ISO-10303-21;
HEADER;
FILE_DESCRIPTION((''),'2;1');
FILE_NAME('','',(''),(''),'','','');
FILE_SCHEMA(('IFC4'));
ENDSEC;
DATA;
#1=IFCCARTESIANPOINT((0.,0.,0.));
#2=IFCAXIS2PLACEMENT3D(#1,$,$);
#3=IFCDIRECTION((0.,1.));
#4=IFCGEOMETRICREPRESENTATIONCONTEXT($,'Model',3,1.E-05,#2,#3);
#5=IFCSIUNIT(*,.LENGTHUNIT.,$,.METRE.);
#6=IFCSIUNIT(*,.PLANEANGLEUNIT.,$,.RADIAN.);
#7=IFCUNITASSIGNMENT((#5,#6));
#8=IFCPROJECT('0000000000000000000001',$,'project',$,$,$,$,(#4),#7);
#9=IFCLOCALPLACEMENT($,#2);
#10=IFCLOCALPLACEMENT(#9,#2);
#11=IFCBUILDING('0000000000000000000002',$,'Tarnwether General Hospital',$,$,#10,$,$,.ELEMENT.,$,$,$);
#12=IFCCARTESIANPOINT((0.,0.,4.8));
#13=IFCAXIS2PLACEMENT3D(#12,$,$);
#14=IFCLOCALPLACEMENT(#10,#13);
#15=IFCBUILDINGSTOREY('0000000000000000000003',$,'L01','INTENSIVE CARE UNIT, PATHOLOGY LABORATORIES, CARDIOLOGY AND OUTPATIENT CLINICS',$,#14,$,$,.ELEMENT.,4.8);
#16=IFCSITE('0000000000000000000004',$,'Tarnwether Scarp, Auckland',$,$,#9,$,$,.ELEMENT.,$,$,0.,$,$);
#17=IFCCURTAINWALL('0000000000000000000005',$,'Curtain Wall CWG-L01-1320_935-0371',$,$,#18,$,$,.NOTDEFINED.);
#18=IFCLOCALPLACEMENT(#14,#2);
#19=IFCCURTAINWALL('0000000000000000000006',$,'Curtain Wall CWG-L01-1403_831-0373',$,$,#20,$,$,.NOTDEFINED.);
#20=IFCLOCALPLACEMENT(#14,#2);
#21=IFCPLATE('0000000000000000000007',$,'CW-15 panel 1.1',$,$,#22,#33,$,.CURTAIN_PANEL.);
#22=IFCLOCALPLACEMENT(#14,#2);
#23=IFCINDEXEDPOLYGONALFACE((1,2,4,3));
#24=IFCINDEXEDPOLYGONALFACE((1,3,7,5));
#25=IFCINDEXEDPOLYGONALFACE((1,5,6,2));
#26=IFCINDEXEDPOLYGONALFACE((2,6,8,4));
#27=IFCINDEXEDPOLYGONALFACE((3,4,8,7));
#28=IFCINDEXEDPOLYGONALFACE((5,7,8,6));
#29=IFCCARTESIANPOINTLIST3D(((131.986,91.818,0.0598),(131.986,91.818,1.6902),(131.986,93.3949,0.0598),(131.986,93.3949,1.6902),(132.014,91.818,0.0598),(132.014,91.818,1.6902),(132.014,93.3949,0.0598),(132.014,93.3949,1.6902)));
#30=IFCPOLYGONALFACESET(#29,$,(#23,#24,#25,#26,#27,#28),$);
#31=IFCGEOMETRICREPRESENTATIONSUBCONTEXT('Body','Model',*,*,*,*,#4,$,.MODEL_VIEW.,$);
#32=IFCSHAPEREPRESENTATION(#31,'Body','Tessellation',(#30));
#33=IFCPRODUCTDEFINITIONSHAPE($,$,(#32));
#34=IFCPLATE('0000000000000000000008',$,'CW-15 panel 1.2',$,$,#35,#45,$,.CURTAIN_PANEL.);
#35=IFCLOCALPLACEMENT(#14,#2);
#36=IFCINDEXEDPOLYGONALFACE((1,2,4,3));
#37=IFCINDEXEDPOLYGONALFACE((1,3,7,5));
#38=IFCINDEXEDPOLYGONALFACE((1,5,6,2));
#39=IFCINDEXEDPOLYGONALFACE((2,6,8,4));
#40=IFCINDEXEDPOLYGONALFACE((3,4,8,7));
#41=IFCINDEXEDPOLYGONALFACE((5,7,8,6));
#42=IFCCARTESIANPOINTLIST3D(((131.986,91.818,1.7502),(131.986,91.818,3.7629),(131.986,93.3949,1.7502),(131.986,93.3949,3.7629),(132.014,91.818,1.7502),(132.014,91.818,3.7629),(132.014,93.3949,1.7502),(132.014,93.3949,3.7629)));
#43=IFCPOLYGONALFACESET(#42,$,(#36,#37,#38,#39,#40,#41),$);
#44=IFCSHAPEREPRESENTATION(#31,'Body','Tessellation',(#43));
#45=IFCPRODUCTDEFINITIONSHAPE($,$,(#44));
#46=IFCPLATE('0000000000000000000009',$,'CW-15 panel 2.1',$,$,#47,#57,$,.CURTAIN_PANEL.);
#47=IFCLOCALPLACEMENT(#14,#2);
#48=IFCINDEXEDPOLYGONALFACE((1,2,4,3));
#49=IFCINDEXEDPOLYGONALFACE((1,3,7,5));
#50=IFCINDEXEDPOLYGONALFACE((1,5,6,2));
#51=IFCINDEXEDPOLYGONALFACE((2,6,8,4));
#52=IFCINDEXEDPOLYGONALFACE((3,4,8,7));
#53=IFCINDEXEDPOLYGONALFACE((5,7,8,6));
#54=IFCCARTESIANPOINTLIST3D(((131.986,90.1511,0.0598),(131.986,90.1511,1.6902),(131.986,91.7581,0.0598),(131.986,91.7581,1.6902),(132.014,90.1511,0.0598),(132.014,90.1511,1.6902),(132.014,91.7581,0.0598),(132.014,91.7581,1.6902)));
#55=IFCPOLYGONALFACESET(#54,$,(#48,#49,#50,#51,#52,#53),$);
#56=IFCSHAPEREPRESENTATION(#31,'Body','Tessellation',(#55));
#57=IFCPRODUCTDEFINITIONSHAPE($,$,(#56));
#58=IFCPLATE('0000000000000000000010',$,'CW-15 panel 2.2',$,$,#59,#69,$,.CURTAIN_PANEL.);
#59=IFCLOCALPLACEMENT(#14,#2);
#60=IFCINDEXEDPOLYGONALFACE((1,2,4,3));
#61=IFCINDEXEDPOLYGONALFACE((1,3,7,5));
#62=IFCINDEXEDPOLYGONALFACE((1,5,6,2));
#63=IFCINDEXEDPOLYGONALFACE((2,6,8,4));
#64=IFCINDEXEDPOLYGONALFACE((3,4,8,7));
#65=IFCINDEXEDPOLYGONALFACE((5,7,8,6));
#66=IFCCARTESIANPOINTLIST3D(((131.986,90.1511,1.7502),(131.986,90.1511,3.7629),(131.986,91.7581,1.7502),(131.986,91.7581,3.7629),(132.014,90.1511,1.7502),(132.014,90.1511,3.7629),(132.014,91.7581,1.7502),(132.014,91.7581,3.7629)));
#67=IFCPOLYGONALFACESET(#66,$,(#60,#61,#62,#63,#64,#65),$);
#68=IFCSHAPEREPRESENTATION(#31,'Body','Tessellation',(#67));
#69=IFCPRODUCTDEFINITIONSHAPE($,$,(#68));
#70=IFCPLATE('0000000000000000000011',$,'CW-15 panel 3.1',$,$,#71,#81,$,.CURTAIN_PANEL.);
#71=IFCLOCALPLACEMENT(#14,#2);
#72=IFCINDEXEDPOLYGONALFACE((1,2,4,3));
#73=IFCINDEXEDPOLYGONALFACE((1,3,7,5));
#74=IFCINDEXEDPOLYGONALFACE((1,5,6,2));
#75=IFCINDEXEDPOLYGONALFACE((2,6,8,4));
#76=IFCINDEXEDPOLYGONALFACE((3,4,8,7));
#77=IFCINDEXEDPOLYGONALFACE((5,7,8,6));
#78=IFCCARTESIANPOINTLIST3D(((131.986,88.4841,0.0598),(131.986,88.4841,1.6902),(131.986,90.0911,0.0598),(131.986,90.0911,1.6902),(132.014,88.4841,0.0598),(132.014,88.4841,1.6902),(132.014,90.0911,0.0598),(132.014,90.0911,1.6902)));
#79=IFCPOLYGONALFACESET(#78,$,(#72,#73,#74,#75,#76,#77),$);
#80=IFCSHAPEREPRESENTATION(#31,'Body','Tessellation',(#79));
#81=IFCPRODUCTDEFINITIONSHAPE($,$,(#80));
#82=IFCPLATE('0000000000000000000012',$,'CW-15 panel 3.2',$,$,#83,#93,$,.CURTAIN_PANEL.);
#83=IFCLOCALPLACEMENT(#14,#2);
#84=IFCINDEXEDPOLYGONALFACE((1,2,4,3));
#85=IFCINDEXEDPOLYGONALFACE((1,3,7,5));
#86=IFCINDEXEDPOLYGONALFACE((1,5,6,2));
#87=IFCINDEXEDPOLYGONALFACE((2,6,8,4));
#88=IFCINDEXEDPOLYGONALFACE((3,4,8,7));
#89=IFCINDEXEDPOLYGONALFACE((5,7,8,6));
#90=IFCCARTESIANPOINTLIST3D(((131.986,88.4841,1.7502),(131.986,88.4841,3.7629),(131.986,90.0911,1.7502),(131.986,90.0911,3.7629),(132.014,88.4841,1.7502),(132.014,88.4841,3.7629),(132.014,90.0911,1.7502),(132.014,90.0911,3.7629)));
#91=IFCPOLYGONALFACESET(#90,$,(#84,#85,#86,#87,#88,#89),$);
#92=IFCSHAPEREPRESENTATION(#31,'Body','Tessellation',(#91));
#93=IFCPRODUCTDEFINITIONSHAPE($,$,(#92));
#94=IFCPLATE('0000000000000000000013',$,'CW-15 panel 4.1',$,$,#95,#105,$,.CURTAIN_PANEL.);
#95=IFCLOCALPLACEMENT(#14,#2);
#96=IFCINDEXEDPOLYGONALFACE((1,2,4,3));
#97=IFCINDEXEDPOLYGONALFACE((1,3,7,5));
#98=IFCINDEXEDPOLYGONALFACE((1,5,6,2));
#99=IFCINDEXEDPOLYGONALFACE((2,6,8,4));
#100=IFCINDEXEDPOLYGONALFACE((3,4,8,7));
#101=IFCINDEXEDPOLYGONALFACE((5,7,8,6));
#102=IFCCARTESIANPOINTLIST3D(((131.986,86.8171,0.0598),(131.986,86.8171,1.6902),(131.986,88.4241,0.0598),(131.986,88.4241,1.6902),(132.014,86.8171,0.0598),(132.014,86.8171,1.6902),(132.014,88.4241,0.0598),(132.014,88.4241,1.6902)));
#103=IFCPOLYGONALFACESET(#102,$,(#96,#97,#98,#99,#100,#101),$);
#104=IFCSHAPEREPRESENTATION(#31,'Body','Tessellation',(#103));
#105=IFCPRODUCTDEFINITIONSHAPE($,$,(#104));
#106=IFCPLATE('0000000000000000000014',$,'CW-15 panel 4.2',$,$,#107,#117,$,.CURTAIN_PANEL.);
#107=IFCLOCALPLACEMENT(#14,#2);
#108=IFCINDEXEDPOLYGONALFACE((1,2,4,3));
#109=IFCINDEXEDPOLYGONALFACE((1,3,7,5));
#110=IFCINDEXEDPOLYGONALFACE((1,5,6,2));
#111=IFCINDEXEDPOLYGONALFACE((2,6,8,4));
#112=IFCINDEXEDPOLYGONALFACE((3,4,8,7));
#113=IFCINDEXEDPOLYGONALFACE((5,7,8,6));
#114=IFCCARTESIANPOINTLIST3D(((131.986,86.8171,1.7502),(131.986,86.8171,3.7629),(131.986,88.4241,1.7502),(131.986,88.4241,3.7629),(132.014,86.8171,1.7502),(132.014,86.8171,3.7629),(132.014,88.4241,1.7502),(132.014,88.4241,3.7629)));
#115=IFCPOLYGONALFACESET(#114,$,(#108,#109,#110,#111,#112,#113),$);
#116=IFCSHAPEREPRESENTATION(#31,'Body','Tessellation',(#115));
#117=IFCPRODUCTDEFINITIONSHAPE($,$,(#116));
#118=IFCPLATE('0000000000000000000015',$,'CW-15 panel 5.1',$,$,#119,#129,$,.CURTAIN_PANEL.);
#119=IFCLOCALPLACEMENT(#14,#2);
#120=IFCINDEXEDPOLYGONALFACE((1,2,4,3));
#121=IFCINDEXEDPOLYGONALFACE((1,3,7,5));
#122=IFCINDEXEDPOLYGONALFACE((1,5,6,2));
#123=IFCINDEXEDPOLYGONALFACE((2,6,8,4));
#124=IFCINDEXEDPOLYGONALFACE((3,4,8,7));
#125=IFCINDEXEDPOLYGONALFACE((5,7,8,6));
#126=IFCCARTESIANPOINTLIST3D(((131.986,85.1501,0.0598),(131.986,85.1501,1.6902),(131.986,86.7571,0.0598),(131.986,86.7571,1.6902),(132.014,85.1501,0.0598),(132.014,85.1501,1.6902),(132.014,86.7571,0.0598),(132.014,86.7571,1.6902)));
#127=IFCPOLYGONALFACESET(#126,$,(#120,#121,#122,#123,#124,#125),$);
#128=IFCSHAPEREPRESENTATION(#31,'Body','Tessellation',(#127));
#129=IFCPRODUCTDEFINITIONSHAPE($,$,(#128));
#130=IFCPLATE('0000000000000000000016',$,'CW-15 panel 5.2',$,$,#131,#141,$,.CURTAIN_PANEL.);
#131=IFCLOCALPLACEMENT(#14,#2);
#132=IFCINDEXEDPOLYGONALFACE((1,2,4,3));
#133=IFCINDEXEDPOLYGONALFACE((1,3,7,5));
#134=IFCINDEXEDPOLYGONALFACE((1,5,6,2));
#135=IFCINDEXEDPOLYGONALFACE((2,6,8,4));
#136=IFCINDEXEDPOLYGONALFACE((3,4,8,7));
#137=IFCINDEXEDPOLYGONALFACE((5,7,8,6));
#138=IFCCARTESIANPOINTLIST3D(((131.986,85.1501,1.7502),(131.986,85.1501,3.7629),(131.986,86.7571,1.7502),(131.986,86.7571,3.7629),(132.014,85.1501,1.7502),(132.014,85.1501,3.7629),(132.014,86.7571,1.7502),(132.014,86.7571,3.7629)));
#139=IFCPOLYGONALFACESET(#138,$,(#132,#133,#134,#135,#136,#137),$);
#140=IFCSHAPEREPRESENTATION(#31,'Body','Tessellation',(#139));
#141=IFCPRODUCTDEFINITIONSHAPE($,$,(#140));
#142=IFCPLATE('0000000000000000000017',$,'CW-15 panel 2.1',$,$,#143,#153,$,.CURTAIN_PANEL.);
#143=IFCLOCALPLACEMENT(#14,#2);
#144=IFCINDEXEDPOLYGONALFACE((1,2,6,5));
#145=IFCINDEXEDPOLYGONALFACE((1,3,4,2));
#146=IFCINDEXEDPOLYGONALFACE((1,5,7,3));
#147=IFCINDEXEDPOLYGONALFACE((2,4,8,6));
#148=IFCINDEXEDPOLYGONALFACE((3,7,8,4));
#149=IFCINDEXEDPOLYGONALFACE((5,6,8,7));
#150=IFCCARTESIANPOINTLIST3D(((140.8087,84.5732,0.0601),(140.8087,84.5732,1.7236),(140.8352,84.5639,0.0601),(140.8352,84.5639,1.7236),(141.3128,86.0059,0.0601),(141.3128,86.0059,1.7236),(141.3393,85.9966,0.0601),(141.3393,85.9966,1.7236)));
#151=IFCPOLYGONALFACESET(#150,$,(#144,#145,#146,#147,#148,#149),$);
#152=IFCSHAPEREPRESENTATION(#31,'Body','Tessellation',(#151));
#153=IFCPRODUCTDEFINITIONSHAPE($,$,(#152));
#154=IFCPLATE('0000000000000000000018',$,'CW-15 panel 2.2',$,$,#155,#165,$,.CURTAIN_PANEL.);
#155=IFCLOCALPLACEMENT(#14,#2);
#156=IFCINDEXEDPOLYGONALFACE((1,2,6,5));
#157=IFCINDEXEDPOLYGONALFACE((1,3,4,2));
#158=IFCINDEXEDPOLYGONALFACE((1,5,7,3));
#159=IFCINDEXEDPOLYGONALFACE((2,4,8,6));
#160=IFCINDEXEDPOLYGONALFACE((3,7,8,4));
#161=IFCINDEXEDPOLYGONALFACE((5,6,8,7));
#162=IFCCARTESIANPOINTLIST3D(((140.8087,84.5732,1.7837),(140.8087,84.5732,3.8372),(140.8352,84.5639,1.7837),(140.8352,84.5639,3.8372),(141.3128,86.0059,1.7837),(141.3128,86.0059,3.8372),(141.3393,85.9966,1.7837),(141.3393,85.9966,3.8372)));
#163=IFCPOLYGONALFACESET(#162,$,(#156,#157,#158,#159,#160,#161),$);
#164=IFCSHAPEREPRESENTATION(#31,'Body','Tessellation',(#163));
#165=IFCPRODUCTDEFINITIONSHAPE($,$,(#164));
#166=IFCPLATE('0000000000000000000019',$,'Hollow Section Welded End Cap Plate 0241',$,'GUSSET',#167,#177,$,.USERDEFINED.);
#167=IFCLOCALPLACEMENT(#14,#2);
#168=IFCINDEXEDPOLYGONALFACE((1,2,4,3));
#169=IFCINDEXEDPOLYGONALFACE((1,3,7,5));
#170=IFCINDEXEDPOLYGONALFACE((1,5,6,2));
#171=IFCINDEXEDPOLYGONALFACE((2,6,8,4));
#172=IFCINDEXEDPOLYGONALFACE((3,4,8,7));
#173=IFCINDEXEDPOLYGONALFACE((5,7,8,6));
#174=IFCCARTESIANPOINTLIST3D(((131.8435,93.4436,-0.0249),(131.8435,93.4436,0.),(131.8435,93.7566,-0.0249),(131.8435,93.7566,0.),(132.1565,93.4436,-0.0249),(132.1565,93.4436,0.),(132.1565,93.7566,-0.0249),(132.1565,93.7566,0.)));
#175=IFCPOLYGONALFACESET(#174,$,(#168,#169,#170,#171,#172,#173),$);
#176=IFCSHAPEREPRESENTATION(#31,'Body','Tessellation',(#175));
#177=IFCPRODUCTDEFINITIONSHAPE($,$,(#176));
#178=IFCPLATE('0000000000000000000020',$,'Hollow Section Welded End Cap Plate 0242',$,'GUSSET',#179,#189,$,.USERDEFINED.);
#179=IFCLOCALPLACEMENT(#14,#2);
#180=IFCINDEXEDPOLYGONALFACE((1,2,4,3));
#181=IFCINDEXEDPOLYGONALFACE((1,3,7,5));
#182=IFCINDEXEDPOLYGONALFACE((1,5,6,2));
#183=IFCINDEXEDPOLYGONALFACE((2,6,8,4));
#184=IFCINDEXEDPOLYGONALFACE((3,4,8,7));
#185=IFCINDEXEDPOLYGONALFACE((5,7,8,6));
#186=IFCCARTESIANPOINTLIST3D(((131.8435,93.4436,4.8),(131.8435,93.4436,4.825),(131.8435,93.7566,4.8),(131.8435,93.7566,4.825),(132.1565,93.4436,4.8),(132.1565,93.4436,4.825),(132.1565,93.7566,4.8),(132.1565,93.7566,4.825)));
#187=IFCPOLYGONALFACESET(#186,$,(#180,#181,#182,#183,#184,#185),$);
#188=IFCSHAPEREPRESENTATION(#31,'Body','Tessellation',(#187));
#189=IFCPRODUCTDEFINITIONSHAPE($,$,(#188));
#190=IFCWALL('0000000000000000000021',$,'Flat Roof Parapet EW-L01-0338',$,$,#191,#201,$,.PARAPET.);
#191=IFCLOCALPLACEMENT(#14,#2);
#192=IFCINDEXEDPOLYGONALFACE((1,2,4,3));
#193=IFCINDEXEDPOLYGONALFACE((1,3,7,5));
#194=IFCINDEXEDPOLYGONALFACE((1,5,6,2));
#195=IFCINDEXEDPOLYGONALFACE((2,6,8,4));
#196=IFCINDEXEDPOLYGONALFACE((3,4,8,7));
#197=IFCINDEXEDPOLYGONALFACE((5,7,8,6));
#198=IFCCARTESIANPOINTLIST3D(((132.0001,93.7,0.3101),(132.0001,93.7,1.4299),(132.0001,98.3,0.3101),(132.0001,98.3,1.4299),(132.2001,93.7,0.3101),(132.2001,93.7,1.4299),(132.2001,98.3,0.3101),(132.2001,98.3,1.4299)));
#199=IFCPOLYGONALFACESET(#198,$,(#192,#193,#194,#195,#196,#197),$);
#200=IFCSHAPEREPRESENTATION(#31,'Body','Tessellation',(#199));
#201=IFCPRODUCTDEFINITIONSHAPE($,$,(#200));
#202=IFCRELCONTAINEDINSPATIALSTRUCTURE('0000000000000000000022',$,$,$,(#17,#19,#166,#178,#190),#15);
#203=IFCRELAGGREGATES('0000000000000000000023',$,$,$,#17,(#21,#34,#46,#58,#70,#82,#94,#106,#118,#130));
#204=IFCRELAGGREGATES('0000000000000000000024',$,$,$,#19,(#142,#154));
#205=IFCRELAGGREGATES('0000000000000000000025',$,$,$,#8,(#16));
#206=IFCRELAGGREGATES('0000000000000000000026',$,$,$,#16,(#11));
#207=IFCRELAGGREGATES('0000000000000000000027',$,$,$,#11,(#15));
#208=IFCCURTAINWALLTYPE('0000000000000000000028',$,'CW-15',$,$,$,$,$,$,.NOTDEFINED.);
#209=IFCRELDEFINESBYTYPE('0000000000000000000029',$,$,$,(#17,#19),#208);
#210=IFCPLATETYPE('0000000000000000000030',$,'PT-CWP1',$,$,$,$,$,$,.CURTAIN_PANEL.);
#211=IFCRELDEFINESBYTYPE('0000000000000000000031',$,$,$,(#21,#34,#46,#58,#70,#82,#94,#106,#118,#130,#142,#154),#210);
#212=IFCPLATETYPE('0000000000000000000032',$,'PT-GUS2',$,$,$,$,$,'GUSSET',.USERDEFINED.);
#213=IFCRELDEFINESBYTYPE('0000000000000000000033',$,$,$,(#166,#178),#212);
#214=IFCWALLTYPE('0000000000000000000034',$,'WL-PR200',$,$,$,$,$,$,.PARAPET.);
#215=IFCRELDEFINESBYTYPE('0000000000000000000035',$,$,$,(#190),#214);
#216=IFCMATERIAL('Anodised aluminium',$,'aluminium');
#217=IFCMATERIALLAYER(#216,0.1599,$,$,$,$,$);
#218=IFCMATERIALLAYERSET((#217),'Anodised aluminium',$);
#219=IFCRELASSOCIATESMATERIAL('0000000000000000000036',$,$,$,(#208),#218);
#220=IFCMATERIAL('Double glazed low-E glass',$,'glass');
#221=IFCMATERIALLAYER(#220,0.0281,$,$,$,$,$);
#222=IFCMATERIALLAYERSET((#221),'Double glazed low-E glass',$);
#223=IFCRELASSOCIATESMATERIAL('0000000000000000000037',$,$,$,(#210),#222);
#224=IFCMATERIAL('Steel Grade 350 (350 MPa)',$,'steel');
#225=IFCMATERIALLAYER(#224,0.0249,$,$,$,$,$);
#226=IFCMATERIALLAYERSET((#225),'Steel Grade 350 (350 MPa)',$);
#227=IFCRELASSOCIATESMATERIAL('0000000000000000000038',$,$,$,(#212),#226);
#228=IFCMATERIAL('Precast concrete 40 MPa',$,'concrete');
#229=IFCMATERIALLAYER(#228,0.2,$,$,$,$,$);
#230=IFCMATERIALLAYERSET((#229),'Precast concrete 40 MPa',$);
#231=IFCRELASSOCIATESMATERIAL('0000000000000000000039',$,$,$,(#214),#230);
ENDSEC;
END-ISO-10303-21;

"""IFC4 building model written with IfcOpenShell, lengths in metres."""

from ifc_helpers import new_model, si_unit, direction, frame, frame_2d, origin, origin_2d, place, context, subcontext, project, spatial, rectangle, extrude, material, layer, layer_set, type_object, element, aggregate, save


model = new_model("IFC4")

# Units and contexts
model_context = context("Model", 3, precision=1e-05, world=origin(), true_north=direction((0.0, 1.0)))
body_context = subcontext(model_context, "Body", "Model", "MODEL_VIEW")
ifc_project = project(units=[si_unit("LENGTHUNIT", "METRE"), si_unit("PLANEANGLEUNIT", "RADIAN")], contexts=[model_context])

# Site, building, storey
site_placement = place(None, origin())
site = spatial("IfcSite", under=ifc_project, at=site_placement, Name="Tarnwether Scarp, Auckland", CompositionType="ELEMENT", RefElevation=0.0)
building_placement = place(site_placement, origin())
building = spatial("IfcBuilding", under=site, at=building_placement, Name="Tarnwether General Hospital", CompositionType="ELEMENT")
storey_placement = place(building_placement, frame((0.0, 0.0, 4.8)))
storey = spatial("IfcBuildingStorey", under=building, at=storey_placement, Name="L01", Description="INTENSIVE CARE UNIT, PATHOLOGY LABORATORIES, CARDIOLOGY AND OUTPATIENT CLINICS", CompositionType="ELEMENT", Elevation=4.8)

# Curtain wall
ifc_material_1 = material(Name="Anodised aluminium", Category="aluminium")
ifc_layer_1 = layer(ifc_material_1, 0.1599)
ifc_layer_set_1 = layer_set([ifc_layer_1], Name="Anodised aluminium")
curtain_wall_type = type_object("IfcCurtainWallType", Name="CW-15", PredefinedType="NOTDEFINED", material=ifc_layer_set_1)
curtain_wall_1_placement = place(storey_placement, origin())
curtain_wall_1 = element("IfcCurtainWall", 1, at=curtain_wall_1_placement, inside=storey, type_object=curtain_wall_type, Name="Curtain Wall CWG-L01-1320_935-0371", PredefinedType="NOTDEFINED")

# Curtain wall
curtain_wall_2_placement = place(storey_placement, origin())
curtain_wall_2 = element("IfcCurtainWall", 2, at=curtain_wall_2_placement, inside=storey, type_object=curtain_wall_type, Name="Curtain Wall CWG-L01-1403_831-0373", PredefinedType="NOTDEFINED")

# Plates
ifc_material_2 = material(Name="Double glazed low-E glass", Category="glass")
ifc_layer_2 = layer(ifc_material_2, 0.0281)
ifc_layer_set_2 = layer_set([ifc_layer_2], Name="Double glazed low-E glass")
plate_type_1 = type_object("IfcPlateType", Name="PT-CWP1", PredefinedType="CURTAIN_PANEL", material=ifc_layer_set_2)
plate_1_placement = place(storey_placement, frame((132.0, 92.6064, 0.0598), z_axis=(0.0, 0.0, 1.0), x_axis=(0.0, -1.0, 0.0)))
plate_1 = element("IfcPlate", 3, at=plate_1_placement, type_object=plate_type_1, Name="CW-15 panel 1.1", PredefinedType="CURTAIN_PANEL", context=body_context, shape_type="SweptSolid", body=[
    extrude(rectangle(XDim=1.5769, YDim=0.0281, at=origin_2d()), origin(), (0.0, 0.0, 1.0), 1.6304),
])
plate_2_placement = place(storey_placement, frame((132.0, 92.6064, 1.7502), z_axis=(0.0, 0.0, 1.0), x_axis=(0.0, -1.0, 0.0)))
plate_2 = element("IfcPlate", 4, at=plate_2_placement, type_object=plate_type_1, Name="CW-15 panel 1.2", PredefinedType="CURTAIN_PANEL", context=body_context, shape_type="SweptSolid", body=[
    extrude(rectangle(XDim=1.5769, YDim=0.0281, at=origin_2d()), origin(), (0.0, 0.0, 1.0), 2.0127),
])
plate_3_placement = place(storey_placement, frame((132.0, 90.9546, 0.0598), z_axis=(0.0, 0.0, 1.0), x_axis=(0.0, -1.0, 0.0)))
plate_3 = element("IfcPlate", 5, at=plate_3_placement, type_object=plate_type_1, Name="CW-15 panel 2.1", PredefinedType="CURTAIN_PANEL", context=body_context, shape_type="SweptSolid", body=[
    extrude(rectangle(XDim=1.6069, YDim=0.0281, at=origin_2d()), origin(), (0.0, 0.0, 1.0), 1.6304),
])
plate_4_placement = place(storey_placement, frame((132.0, 90.9546, 1.7502), z_axis=(0.0, 0.0, 1.0), x_axis=(0.0, -1.0, 0.0)))
plate_4 = element("IfcPlate", 6, at=plate_4_placement, type_object=plate_type_1, Name="CW-15 panel 2.2", PredefinedType="CURTAIN_PANEL", context=body_context, shape_type="SweptSolid", body=[
    extrude(rectangle(XDim=1.6069, YDim=0.0281, at=origin_2d()), origin(), (0.0, 0.0, 1.0), 2.0127),
])
plate_5_placement = place(storey_placement, frame((132.0, 89.2876, 0.0598), z_axis=(0.0, 0.0, 1.0), x_axis=(0.0, -1.0, 0.0)))
plate_5 = element("IfcPlate", 7, at=plate_5_placement, type_object=plate_type_1, Name="CW-15 panel 3.1", PredefinedType="CURTAIN_PANEL", context=body_context, shape_type="SweptSolid", body=[
    extrude(rectangle(XDim=1.6069, YDim=0.0281, at=origin_2d()), origin(), (0.0, 0.0, 1.0), 1.6304),
])
plate_6_placement = place(storey_placement, frame((132.0, 89.2876, 1.7502), z_axis=(0.0, 0.0, 1.0), x_axis=(0.0, -1.0, 0.0)))
plate_6 = element("IfcPlate", 8, at=plate_6_placement, type_object=plate_type_1, Name="CW-15 panel 3.2", PredefinedType="CURTAIN_PANEL", context=body_context, shape_type="SweptSolid", body=[
    extrude(rectangle(XDim=1.6069, YDim=0.0281, at=origin_2d()), origin(), (0.0, 0.0, 1.0), 2.0127),
])
plate_7_placement = place(storey_placement, frame((132.0, 87.6206, 0.0598), z_axis=(0.0, 0.0, 1.0), x_axis=(0.0, -1.0, 0.0)))
plate_7 = element("IfcPlate", 9, at=plate_7_placement, type_object=plate_type_1, Name="CW-15 panel 4.1", PredefinedType="CURTAIN_PANEL", context=body_context, shape_type="SweptSolid", body=[
    extrude(rectangle(XDim=1.6069, YDim=0.0281, at=origin_2d()), origin(), (0.0, 0.0, 1.0), 1.6304),
])
plate_8_placement = place(storey_placement, frame((132.0, 87.6206, 1.7502), z_axis=(0.0, 0.0, 1.0), x_axis=(0.0, -1.0, 0.0)))
plate_8 = element("IfcPlate", 10, at=plate_8_placement, type_object=plate_type_1, Name="CW-15 panel 4.2", PredefinedType="CURTAIN_PANEL", context=body_context, shape_type="SweptSolid", body=[
    extrude(rectangle(XDim=1.6069, YDim=0.0281, at=origin_2d()), origin(), (0.0, 0.0, 1.0), 2.0127),
])
plate_9_placement = place(storey_placement, frame((132.0, 85.9536, 0.0598), z_axis=(0.0, 0.0, 1.0), x_axis=(0.0, -1.0, 0.0)))
plate_9 = element("IfcPlate", 11, at=plate_9_placement, type_object=plate_type_1, Name="CW-15 panel 5.1", PredefinedType="CURTAIN_PANEL", context=body_context, shape_type="SweptSolid", body=[
    extrude(rectangle(XDim=1.6069, YDim=0.0281, at=origin_2d()), origin(), (0.0, 0.0, 1.0), 1.6304),
])
plate_10_placement = place(storey_placement, frame((132.0, 85.9536, 1.7502), z_axis=(0.0, 0.0, 1.0), x_axis=(0.0, -1.0, 0.0)))
plate_10 = element("IfcPlate", 12, at=plate_10_placement, type_object=plate_type_1, Name="CW-15 panel 5.2", PredefinedType="CURTAIN_PANEL", context=body_context, shape_type="SweptSolid", body=[
    extrude(rectangle(XDim=1.6069, YDim=0.0281, at=origin_2d()), origin(), (0.0, 0.0, 1.0), 2.0127),
])
aggregate(curtain_wall_1, [plate_1, plate_2, plate_3, plate_4, plate_5, plate_6, plate_7, plate_8, plate_9, plate_10])
plate_11_placement = place(storey_placement, frame((141.074, 85.2849, 0.0601), z_axis=(0.0, 0.0, 1.0), x_axis=(0.331902, 0.943314, 0.0)))
plate_11 = element("IfcPlate", 13, at=plate_11_placement, type_object=plate_type_1, Name="CW-15 panel 2.1", PredefinedType="CURTAIN_PANEL", context=body_context, shape_type="SweptSolid", body=[
    extrude(rectangle(XDim=1.5188, YDim=0.0281, at=origin_2d()), origin(), (0.0, 0.0, 1.0), 1.6636),
])
plate_12_placement = place(storey_placement, frame((141.074, 85.2849, 1.7837), z_axis=(0.0, 0.0, 1.0), x_axis=(0.331902, 0.943314, 0.0)))
plate_12 = element("IfcPlate", 14, at=plate_12_placement, type_object=plate_type_1, Name="CW-15 panel 2.2", PredefinedType="CURTAIN_PANEL", context=body_context, shape_type="SweptSolid", body=[
    extrude(rectangle(XDim=1.5188, YDim=0.0281, at=origin_2d()), origin(), (0.0, 0.0, 1.0), 2.0535),
])
aggregate(curtain_wall_2, [plate_11, plate_12])

# Plates
ifc_material_3 = material(Name="Steel Grade 350 (350 MPa)", Category="steel")
ifc_layer_3 = layer(ifc_material_3, 0.0249)
ifc_layer_set_3 = layer_set([ifc_layer_3], Name="Steel Grade 350 (350 MPa)")
plate_type_2 = type_object("IfcPlateType", Name="PT-GUS2", ElementType="GUSSET", PredefinedType="USERDEFINED", material=ifc_layer_set_3)
for number, where, z_axis, x_axis, name in (
    (15, (132.0, 93.6001, -0.0249), (0.0, 0.0, 1.0), (1.0, 0.0, 0.0), "Hollow Section Welded End Cap Plate 0241"),
    (16, (132.0, 93.6001, 4.8), (0.0, 0.0, 1.0), (1.0, 0.0, 0.0), "Hollow Section Welded End Cap Plate 0242"),
):
    element("IfcPlate", number, at=place(storey_placement, frame(where, z_axis=z_axis, x_axis=x_axis)), inside=storey, type_object=plate_type_2, Name=name, ObjectType="GUSSET", PredefinedType="USERDEFINED", context=body_context, shape_type="SweptSolid", body=[
        extrude(rectangle(XDim=0.313, YDim=0.313, at=origin_2d()), origin(), (0.0, 0.0, 1.0), 0.0249),
    ])

# Wall
ifc_material_4 = material(Name="Precast concrete 40 MPa", Category="concrete")
ifc_layer_4 = layer(ifc_material_4, 0.2)
ifc_layer_set_4 = layer_set([ifc_layer_4], Name="Precast concrete 40 MPa")
wall_type = type_object("IfcWallType", Name="WL-PR200", PredefinedType="PARAPET", material=ifc_layer_set_4)
wall_placement = place(storey_placement, frame((132.1001, 93.7, 0.3101), z_axis=(0.0, 0.0, 1.0), x_axis=(0.0, 1.0, 0.0)))
element("IfcWall", 17, at=wall_placement, inside=storey, type_object=wall_type, Name="Flat Roof Parapet EW-L01-0338", PredefinedType="PARAPET", context=body_context, shape_type="SweptSolid", body=[
    extrude(rectangle(XDim=4.6001, YDim=0.2, at=frame_2d((2.3, 0.0))), origin(), (0.0, 0.0, 1.0), 1.1199),
])

save(model, "model.ifc")
